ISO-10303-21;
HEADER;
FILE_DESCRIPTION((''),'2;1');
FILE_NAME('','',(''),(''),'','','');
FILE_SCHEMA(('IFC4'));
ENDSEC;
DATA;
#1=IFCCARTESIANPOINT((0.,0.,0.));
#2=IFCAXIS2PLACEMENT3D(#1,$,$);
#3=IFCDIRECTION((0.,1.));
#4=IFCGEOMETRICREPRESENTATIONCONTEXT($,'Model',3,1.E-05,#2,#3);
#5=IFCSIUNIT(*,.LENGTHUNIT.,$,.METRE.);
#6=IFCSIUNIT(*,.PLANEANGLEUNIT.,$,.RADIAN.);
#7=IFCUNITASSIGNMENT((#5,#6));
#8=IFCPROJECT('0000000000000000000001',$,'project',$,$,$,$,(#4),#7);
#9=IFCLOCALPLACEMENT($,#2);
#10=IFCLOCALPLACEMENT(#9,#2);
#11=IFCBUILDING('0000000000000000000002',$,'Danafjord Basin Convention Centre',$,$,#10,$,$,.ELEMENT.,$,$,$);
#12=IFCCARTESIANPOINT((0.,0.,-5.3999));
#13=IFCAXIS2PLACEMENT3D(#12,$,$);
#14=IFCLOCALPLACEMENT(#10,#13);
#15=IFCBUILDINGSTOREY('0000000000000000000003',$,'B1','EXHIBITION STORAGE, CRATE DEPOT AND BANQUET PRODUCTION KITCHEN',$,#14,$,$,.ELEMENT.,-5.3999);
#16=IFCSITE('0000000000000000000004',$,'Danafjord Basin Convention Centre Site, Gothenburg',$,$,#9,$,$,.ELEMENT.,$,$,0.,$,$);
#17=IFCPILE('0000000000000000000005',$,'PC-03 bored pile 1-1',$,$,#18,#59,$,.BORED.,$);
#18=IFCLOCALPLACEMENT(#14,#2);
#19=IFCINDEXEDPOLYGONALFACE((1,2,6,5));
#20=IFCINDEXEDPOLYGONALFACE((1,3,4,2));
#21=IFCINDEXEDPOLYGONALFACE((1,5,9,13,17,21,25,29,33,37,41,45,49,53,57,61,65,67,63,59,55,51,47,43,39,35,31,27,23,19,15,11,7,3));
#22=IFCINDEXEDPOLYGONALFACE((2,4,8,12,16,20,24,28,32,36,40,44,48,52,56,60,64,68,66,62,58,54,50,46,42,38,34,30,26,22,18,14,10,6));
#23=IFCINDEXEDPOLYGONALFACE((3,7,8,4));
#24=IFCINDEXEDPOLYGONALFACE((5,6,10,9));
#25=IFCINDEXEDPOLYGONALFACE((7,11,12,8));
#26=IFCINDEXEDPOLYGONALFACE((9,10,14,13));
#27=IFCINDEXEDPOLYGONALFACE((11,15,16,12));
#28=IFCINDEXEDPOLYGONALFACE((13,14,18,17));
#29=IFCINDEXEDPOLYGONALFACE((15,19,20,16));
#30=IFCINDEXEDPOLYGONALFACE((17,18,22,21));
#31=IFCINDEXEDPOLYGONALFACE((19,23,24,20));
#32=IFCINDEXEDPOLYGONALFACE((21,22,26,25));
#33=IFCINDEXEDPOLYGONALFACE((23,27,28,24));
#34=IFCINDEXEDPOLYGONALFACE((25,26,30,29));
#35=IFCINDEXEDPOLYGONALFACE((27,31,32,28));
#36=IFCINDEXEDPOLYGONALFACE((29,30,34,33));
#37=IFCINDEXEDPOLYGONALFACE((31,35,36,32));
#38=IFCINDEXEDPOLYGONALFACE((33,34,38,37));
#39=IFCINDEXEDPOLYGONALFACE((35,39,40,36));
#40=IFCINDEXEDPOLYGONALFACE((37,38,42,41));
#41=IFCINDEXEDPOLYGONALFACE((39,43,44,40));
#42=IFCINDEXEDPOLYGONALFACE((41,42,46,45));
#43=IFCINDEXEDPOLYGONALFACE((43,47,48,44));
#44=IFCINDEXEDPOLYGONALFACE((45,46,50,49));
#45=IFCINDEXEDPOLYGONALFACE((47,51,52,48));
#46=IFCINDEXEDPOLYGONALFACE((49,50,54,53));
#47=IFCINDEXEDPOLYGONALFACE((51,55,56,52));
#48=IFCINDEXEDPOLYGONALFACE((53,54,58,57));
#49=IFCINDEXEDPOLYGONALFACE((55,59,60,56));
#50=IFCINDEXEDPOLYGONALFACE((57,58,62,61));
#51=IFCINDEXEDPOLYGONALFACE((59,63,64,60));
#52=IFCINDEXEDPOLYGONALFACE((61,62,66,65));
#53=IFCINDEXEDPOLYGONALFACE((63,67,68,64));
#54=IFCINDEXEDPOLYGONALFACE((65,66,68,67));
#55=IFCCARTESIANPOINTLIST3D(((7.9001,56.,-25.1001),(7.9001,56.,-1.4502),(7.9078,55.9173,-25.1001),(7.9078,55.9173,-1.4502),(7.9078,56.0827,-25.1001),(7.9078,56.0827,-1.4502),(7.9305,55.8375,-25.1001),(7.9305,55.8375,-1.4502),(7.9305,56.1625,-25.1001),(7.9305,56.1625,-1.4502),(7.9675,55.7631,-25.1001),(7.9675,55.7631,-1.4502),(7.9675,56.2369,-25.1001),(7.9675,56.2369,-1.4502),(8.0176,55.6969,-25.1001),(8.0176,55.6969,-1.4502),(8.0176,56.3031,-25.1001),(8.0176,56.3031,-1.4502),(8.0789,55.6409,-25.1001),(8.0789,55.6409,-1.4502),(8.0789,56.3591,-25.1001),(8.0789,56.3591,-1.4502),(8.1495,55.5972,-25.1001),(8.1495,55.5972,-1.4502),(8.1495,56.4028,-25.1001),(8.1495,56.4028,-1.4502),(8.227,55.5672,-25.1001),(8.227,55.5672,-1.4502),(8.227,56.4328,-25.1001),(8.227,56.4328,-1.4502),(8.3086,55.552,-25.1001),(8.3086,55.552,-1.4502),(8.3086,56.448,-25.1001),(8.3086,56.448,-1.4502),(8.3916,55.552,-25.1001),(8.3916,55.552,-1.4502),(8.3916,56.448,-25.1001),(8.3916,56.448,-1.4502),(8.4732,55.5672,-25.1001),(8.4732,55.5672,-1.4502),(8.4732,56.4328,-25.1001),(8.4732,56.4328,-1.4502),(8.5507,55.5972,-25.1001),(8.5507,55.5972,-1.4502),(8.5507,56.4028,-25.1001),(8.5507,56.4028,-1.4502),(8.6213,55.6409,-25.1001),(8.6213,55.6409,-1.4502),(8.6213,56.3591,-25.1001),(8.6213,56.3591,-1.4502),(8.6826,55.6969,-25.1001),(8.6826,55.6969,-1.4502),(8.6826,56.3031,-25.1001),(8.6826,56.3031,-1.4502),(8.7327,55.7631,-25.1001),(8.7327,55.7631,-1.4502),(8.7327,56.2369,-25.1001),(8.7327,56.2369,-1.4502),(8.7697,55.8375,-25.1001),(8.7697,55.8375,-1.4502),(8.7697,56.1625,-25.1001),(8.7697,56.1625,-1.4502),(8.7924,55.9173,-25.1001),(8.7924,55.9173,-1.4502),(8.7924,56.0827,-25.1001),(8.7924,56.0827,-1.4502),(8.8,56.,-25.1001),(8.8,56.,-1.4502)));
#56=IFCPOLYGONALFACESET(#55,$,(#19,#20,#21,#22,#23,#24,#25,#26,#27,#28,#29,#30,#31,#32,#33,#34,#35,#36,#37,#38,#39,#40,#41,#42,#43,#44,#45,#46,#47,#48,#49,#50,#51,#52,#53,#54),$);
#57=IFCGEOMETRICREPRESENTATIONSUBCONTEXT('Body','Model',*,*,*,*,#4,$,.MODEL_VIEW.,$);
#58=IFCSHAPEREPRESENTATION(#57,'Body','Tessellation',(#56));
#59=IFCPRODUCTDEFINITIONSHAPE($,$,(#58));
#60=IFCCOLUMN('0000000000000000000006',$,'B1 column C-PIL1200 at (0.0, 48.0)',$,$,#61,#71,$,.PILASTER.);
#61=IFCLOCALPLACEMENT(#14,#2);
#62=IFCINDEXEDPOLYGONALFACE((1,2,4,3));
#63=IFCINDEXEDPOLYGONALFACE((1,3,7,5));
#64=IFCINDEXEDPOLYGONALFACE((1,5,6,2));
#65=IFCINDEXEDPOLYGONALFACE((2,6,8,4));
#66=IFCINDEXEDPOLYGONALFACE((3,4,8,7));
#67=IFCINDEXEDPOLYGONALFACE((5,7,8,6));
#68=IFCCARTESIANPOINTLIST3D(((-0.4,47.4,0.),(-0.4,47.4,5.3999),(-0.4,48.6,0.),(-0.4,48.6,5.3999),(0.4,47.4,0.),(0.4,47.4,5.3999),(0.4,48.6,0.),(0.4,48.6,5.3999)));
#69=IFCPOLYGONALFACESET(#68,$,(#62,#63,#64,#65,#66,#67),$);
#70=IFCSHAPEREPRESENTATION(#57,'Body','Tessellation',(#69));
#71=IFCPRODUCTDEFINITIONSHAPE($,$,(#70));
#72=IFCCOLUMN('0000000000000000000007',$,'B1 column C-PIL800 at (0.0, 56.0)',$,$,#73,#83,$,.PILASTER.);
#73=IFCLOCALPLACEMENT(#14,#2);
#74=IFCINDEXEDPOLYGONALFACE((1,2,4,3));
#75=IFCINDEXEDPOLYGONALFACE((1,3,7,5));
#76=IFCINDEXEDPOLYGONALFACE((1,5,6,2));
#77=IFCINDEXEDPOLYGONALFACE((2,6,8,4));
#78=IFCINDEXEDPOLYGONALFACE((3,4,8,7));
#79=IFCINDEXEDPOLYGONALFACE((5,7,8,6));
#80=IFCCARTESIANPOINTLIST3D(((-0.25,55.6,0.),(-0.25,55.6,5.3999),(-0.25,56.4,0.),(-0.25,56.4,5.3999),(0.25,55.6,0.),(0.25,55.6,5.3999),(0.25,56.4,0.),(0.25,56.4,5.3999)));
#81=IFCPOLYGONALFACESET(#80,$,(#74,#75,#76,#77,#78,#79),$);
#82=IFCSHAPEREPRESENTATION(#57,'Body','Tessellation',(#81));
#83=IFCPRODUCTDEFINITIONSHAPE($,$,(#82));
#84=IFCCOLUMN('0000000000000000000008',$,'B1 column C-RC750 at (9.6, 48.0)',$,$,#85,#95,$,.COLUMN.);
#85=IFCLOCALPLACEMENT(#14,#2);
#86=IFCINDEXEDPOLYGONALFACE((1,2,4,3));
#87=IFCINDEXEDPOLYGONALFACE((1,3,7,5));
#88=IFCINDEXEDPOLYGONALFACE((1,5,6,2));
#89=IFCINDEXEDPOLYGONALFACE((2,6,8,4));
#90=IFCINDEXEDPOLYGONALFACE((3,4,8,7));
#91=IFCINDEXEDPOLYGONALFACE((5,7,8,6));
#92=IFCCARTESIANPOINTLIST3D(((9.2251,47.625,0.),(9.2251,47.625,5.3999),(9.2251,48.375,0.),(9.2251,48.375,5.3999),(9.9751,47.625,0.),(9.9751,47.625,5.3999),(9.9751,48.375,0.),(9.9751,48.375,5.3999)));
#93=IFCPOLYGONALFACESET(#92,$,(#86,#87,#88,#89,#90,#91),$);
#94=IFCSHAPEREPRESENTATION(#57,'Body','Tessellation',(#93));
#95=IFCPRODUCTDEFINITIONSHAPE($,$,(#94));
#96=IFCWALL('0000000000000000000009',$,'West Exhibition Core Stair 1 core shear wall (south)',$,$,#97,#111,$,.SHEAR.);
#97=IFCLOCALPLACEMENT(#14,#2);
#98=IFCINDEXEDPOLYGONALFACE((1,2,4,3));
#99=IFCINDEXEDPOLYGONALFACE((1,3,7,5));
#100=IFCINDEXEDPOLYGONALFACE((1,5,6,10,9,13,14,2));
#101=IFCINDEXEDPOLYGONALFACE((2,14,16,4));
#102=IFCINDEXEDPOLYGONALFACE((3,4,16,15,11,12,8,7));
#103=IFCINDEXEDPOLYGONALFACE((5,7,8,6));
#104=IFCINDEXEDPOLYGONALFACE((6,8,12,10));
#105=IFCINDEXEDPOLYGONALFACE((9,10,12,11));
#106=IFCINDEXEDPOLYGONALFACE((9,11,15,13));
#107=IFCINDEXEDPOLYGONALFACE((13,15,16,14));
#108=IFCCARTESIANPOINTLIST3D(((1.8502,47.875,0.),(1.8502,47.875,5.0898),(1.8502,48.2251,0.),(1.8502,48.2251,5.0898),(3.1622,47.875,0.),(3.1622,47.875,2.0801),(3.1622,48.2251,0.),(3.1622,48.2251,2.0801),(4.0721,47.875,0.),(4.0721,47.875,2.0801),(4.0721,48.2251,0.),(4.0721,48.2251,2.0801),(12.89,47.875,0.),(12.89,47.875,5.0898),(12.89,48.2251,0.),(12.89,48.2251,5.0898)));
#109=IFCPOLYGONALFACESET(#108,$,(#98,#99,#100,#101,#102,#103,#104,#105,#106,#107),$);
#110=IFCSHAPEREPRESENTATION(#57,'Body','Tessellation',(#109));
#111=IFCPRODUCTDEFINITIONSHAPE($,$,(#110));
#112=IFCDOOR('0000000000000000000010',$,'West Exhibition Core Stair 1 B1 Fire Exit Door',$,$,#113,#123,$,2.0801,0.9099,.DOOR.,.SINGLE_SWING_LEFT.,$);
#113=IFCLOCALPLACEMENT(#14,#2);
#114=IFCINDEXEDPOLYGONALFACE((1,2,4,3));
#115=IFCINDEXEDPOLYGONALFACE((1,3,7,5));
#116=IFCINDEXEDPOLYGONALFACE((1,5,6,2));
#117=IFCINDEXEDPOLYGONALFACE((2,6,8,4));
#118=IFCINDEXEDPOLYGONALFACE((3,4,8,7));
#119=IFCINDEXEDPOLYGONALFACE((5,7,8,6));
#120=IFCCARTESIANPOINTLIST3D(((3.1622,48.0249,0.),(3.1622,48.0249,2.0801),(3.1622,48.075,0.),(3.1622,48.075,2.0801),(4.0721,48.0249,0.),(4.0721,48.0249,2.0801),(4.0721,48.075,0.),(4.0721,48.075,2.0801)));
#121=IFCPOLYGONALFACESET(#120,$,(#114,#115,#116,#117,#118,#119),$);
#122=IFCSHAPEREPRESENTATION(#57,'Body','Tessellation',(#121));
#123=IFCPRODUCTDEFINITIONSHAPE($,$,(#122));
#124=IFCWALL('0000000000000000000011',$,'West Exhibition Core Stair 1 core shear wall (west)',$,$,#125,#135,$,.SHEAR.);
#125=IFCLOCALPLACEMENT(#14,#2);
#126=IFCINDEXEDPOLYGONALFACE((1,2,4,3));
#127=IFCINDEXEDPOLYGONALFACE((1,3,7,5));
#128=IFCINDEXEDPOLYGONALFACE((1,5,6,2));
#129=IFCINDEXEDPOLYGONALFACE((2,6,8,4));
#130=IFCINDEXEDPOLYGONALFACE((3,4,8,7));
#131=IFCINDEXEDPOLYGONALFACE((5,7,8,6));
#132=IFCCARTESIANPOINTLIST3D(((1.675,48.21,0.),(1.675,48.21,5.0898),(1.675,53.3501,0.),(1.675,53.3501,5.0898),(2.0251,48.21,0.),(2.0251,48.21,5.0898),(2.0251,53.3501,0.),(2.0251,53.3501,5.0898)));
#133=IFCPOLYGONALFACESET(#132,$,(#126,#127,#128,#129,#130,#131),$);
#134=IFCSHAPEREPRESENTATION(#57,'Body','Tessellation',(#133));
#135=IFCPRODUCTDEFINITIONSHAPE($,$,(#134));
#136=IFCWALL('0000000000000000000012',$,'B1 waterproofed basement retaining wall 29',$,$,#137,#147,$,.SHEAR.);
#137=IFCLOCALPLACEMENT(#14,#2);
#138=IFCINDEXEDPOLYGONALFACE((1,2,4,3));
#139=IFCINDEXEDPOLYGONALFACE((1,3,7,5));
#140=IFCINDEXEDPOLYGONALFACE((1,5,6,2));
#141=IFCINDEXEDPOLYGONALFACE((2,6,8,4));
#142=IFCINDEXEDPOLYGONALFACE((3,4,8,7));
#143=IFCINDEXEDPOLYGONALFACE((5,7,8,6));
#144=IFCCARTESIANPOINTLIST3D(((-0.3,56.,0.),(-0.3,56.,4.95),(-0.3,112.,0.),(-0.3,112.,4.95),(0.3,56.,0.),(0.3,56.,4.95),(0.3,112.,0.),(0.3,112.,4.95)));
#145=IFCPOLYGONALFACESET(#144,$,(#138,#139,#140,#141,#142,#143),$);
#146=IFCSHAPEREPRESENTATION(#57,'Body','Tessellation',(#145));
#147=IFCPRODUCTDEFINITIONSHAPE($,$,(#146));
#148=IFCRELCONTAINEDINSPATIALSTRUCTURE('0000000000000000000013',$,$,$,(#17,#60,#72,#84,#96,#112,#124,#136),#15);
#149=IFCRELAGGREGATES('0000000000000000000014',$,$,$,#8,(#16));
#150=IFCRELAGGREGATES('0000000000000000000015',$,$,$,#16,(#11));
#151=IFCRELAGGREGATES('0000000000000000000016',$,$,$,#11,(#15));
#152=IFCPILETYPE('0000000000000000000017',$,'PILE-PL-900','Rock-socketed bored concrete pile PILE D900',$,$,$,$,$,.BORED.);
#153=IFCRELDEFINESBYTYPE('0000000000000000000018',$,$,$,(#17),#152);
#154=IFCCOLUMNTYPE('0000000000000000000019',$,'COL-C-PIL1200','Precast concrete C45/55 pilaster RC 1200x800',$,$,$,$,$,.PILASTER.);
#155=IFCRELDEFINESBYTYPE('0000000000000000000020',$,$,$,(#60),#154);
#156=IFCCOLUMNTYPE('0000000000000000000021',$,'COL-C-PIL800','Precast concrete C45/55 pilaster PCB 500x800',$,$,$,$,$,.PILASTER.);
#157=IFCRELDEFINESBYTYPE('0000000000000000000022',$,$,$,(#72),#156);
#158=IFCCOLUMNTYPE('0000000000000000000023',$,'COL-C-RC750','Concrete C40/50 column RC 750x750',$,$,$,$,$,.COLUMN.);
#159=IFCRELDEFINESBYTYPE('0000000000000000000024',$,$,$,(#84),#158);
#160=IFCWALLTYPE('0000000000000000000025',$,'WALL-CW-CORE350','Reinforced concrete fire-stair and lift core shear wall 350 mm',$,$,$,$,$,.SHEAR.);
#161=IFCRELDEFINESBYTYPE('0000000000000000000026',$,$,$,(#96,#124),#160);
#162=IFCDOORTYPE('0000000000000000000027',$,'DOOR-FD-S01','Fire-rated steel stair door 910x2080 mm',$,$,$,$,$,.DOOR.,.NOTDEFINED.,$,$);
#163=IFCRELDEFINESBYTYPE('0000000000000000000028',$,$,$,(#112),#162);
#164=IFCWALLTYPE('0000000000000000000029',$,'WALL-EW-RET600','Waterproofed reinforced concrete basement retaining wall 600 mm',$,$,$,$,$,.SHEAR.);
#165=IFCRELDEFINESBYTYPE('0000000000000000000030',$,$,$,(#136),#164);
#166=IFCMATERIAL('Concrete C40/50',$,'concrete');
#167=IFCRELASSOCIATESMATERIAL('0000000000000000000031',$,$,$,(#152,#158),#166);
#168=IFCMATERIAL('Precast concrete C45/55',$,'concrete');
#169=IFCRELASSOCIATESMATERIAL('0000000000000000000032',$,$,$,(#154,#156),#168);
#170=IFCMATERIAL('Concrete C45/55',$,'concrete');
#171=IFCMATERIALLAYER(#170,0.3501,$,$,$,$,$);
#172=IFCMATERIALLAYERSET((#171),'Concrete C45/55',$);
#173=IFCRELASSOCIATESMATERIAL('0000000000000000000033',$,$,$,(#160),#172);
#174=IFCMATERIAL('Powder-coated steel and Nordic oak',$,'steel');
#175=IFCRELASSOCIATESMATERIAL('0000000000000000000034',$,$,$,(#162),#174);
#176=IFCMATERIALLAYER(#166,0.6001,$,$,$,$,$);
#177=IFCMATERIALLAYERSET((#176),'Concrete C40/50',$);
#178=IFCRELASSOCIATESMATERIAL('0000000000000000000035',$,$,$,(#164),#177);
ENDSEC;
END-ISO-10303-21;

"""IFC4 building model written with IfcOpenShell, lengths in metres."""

from ifc_helpers import new_model, si_unit, direction, frame, frame_2d, origin, origin_2d, place, context, subcontext, project, spatial, rectangle, circle, extrude, material, layer, layer_set, material_profile, profile_set, type_object, element, fill, save


model = new_model("IFC4")

# Units and contexts
model_context = context("Model", 3, precision=1e-05, world=origin(), true_north=direction((0.0, 1.0)))
body_context = subcontext(model_context, "Body", "Model", "MODEL_VIEW")
ifc_project = project(units=[si_unit("LENGTHUNIT", "METRE"), si_unit("PLANEANGLEUNIT", "RADIAN")], contexts=[model_context])

# Site, building, storey
site_placement = place(None, origin())
site = spatial("IfcSite", under=ifc_project, at=site_placement, Name="Danafjord Basin Convention Centre Site, Gothenburg", CompositionType="ELEMENT", RefElevation=0.0)
building_placement = place(site_placement, origin())
building = spatial("IfcBuilding", under=site, at=building_placement, Name="Danafjord Basin Convention Centre", CompositionType="ELEMENT")
storey_placement = place(building_placement, frame((0.0, 0.0, -5.3999)))
storey = spatial("IfcBuildingStorey", under=building, at=storey_placement, Name="B1", Description="EXHIBITION STORAGE, CRATE DEPOT AND BANQUET PRODUCTION KITCHEN", CompositionType="ELEMENT", Elevation=-5.3999)

# Shared definitions
ifc_material_1 = material(Name="Concrete C40/50", Category="concrete")

# Pile
ifc_material_profile_1 = material_profile(ifc_material_1, circle(Radius=0.45, at=origin_2d()), Name="PILE D900")
ifc_profile_set_1 = profile_set([ifc_material_profile_1], Name="Concrete C40/50")
pile_type_1 = type_object("IfcPileType", Name="PILE-PL-900", Description="Rock-socketed bored concrete pile PILE D900", PredefinedType="BORED", material=ifc_profile_set_1)
pile_placement = place(storey_placement, frame((8.3501, 56.0, -1.4502), z_axis=(0.0, 0.0, -1.0), x_axis=(1.0, 0.0, 0.0)))
element("IfcPile", 1, at=pile_placement, inside=storey, type_object=pile_type_1, Name="PC-03 bored pile 1-1", PredefinedType="BORED", context=body_context, shape_type="SweptSolid", body=[
    extrude(circle(Radius=0.45, at=origin_2d()), origin(), (0.0, 0.0, 1.0), 23.6499),
])

# Columns
ifc_material_2 = material(Name="Precast concrete C45/55", Category="concrete")
ifc_material_profile_2 = material_profile(ifc_material_2, rectangle(XDim=0.8, YDim=1.2, at=origin_2d()), Name="RC 1200x800")
ifc_profile_set_2 = profile_set([ifc_material_profile_2], Name="Precast concrete C45/55")
column_type_1 = type_object("IfcColumnType", Name="COL-C-PIL1200", Description="Precast concrete C45/55 pilaster RC 1200x800", PredefinedType="PILASTER", material=ifc_profile_set_2)
column_1_placement = place(storey_placement, frame((0.0, 48.0, 0.0), z_axis=(0.0, 0.0, 1.0), x_axis=(1.0, 0.0, 0.0)))
element("IfcColumn", 2, at=column_1_placement, inside=storey, type_object=column_type_1, Name="B1 column C-PIL1200 at (0.0, 48.0)", PredefinedType="PILASTER", context=body_context, shape_type="SweptSolid", body=[
    extrude(rectangle(XDim=0.8, YDim=1.2, at=origin_2d()), origin(), (0.0, 0.0, 1.0), 5.3999),
])
ifc_material_profile_3 = material_profile(ifc_material_2, rectangle(XDim=0.5, YDim=0.8, at=origin_2d()), Name="PCB 500x800")
ifc_profile_set_3 = profile_set([ifc_material_profile_3], Name="Precast concrete C45/55")
column_type_2 = type_object("IfcColumnType", Name="COL-C-PIL800", Description="Precast concrete C45/55 pilaster PCB 500x800", PredefinedType="PILASTER", material=ifc_profile_set_3)
column_2_placement = place(storey_placement, frame((0.0, 56.0, 0.0), z_axis=(0.0, 0.0, 1.0), x_axis=(1.0, 0.0, 0.0)))
element("IfcColumn", 3, at=column_2_placement, inside=storey, type_object=column_type_2, Name="B1 column C-PIL800 at (0.0, 56.0)", PredefinedType="PILASTER", context=body_context, shape_type="SweptSolid", body=[
    extrude(rectangle(XDim=0.5, YDim=0.8, at=origin_2d()), origin(), (0.0, 0.0, 1.0), 5.3999),
])
ifc_material_profile_4 = material_profile(ifc_material_1, rectangle(XDim=0.75, YDim=0.75, at=origin_2d()), Name="RC 750x750")
ifc_profile_set_4 = profile_set([ifc_material_profile_4], Name="Concrete C40/50")
column_type_3 = type_object("IfcColumnType", Name="COL-C-RC750", Description="Concrete C40/50 column RC 750x750", PredefinedType="COLUMN", material=ifc_profile_set_4)
column_3_placement = place(storey_placement, frame((9.6001, 48.0, 0.0), z_axis=(0.0, 0.0, 1.0), x_axis=(1.0, 0.0, 0.0)))
element("IfcColumn", 4, at=column_3_placement, inside=storey, type_object=column_type_3, Name="B1 column C-RC750 at (9.6, 48.0)", PredefinedType="COLUMN", context=body_context, shape_type="SweptSolid", body=[
    extrude(rectangle(XDim=0.75, YDim=0.75, at=origin_2d()), origin(), (0.0, 0.0, 1.0), 5.3999),
])

# Wall, opening, door
ifc_material_3 = material(Name="Concrete C45/55", Category="concrete")
ifc_layer_1 = layer(ifc_material_3, 0.3501)
ifc_layer_set_1 = layer_set([ifc_layer_1], Name="Concrete C45/55")
wall_type_1 = type_object("IfcWallType", Name="WALL-CW-CORE350", Description="Reinforced concrete fire-stair and lift core shear wall 350 mm", PredefinedType="SHEAR", material=ifc_layer_set_1)
wall_1_placement = place(storey_placement, frame((1.8501, 48.05, 0.0), z_axis=(0.0, 0.0, 1.0), x_axis=(1.0, 0.0, 0.0)))
wall_1 = element("IfcWall", 5, at=wall_1_placement, inside=storey, type_object=wall_type_1, Name="West Exhibition Core Stair 1 core shear wall (south)", PredefinedType="SHEAR", context=body_context, shape_type="SweptSolid", body=[
    extrude(rectangle(XDim=11.0398, YDim=0.3501, at=frame_2d((5.52, 0.0))), origin(), (0.0, 0.0, 1.0), 5.0898),
])
opening_placement = place(wall_1_placement, frame((1.312, 0.0, 0.0)))
opening = element("IfcOpeningElement", 6, at=opening_placement, cuts=wall_1, PredefinedType="OPENING", context=body_context, shape_type="SweptSolid", body=[
    extrude(rectangle(XDim=0.9099, YDim=2.0801, at=frame_2d((0.4551, 1.04))), frame((0.0, 0.1851, 0.0), z_axis=(0.0, -1.0, 0.0), x_axis=(1.0, 0.0, 0.0)), (0.0, 0.0, 1.0), 0.3701),
])
ifc_material_4 = material(Name="Powder-coated steel and Nordic oak", Category="steel")
door_type = type_object("IfcDoorType", Name="DOOR-FD-S01", Description="Fire-rated steel stair door 910x2080 mm", OperationType="NOTDEFINED", PredefinedType="DOOR", material=ifc_material_4)
door_placement = place(opening_placement, origin())
door = element("IfcDoor", 7, at=door_placement, inside=storey, type_object=door_type, Name="West Exhibition Core Stair 1 B1 Fire Exit Door", OperationType="SINGLE_SWING_LEFT", OverallHeight=2.0801, OverallWidth=0.9099, PredefinedType="DOOR", context=body_context, shape_type="SweptSolid", body=[
    extrude(rectangle(XDim=0.9099, YDim=2.0801, at=frame_2d((0.4551, 1.04))), frame((0.0, 0.0249, 0.0), z_axis=(0.0, -1.0, 0.0), x_axis=(1.0, 0.0, 0.0)), (0.0, 0.0, 1.0), 0.05),
])
fill(opening, door)

# Walls
wall_2_placement = place(storey_placement, frame((1.8501, 53.3501, 0.0), z_axis=(0.0, 0.0, 1.0), x_axis=(0.0, -1.0, 0.0)))
element("IfcWall", 8, at=wall_2_placement, inside=storey, type_object=wall_type_1, Name="West Exhibition Core Stair 1 core shear wall (west)", PredefinedType="SHEAR", context=body_context, shape_type="SweptSolid", body=[
    extrude(rectangle(XDim=5.1401, YDim=0.3501, at=frame_2d((2.5701, 0.0))), origin(), (0.0, 0.0, 1.0), 5.0898),
])
ifc_layer_2 = layer(ifc_material_1, 0.6001)
ifc_layer_set_2 = layer_set([ifc_layer_2], Name="Concrete C40/50")
wall_type_2 = type_object("IfcWallType", Name="WALL-EW-RET600", Description="Waterproofed reinforced concrete basement retaining wall 600 mm", PredefinedType="SHEAR", material=ifc_layer_set_2)
wall_3_placement = place(storey_placement, frame((0.0, 56.0, 0.0), z_axis=(0.0, 0.0, 1.0), x_axis=(0.0, 1.0, 0.0)))
element("IfcWall", 9, at=wall_3_placement, inside=storey, type_object=wall_type_2, Name="B1 waterproofed basement retaining wall 29", PredefinedType="SHEAR", context=body_context, shape_type="SweptSolid", body=[
    extrude(rectangle(XDim=56.0, YDim=0.6001, at=frame_2d((28.0, 0.0))), origin(), (0.0, 0.0, 1.0), 4.95),
])

save(model, "model.ifc")
